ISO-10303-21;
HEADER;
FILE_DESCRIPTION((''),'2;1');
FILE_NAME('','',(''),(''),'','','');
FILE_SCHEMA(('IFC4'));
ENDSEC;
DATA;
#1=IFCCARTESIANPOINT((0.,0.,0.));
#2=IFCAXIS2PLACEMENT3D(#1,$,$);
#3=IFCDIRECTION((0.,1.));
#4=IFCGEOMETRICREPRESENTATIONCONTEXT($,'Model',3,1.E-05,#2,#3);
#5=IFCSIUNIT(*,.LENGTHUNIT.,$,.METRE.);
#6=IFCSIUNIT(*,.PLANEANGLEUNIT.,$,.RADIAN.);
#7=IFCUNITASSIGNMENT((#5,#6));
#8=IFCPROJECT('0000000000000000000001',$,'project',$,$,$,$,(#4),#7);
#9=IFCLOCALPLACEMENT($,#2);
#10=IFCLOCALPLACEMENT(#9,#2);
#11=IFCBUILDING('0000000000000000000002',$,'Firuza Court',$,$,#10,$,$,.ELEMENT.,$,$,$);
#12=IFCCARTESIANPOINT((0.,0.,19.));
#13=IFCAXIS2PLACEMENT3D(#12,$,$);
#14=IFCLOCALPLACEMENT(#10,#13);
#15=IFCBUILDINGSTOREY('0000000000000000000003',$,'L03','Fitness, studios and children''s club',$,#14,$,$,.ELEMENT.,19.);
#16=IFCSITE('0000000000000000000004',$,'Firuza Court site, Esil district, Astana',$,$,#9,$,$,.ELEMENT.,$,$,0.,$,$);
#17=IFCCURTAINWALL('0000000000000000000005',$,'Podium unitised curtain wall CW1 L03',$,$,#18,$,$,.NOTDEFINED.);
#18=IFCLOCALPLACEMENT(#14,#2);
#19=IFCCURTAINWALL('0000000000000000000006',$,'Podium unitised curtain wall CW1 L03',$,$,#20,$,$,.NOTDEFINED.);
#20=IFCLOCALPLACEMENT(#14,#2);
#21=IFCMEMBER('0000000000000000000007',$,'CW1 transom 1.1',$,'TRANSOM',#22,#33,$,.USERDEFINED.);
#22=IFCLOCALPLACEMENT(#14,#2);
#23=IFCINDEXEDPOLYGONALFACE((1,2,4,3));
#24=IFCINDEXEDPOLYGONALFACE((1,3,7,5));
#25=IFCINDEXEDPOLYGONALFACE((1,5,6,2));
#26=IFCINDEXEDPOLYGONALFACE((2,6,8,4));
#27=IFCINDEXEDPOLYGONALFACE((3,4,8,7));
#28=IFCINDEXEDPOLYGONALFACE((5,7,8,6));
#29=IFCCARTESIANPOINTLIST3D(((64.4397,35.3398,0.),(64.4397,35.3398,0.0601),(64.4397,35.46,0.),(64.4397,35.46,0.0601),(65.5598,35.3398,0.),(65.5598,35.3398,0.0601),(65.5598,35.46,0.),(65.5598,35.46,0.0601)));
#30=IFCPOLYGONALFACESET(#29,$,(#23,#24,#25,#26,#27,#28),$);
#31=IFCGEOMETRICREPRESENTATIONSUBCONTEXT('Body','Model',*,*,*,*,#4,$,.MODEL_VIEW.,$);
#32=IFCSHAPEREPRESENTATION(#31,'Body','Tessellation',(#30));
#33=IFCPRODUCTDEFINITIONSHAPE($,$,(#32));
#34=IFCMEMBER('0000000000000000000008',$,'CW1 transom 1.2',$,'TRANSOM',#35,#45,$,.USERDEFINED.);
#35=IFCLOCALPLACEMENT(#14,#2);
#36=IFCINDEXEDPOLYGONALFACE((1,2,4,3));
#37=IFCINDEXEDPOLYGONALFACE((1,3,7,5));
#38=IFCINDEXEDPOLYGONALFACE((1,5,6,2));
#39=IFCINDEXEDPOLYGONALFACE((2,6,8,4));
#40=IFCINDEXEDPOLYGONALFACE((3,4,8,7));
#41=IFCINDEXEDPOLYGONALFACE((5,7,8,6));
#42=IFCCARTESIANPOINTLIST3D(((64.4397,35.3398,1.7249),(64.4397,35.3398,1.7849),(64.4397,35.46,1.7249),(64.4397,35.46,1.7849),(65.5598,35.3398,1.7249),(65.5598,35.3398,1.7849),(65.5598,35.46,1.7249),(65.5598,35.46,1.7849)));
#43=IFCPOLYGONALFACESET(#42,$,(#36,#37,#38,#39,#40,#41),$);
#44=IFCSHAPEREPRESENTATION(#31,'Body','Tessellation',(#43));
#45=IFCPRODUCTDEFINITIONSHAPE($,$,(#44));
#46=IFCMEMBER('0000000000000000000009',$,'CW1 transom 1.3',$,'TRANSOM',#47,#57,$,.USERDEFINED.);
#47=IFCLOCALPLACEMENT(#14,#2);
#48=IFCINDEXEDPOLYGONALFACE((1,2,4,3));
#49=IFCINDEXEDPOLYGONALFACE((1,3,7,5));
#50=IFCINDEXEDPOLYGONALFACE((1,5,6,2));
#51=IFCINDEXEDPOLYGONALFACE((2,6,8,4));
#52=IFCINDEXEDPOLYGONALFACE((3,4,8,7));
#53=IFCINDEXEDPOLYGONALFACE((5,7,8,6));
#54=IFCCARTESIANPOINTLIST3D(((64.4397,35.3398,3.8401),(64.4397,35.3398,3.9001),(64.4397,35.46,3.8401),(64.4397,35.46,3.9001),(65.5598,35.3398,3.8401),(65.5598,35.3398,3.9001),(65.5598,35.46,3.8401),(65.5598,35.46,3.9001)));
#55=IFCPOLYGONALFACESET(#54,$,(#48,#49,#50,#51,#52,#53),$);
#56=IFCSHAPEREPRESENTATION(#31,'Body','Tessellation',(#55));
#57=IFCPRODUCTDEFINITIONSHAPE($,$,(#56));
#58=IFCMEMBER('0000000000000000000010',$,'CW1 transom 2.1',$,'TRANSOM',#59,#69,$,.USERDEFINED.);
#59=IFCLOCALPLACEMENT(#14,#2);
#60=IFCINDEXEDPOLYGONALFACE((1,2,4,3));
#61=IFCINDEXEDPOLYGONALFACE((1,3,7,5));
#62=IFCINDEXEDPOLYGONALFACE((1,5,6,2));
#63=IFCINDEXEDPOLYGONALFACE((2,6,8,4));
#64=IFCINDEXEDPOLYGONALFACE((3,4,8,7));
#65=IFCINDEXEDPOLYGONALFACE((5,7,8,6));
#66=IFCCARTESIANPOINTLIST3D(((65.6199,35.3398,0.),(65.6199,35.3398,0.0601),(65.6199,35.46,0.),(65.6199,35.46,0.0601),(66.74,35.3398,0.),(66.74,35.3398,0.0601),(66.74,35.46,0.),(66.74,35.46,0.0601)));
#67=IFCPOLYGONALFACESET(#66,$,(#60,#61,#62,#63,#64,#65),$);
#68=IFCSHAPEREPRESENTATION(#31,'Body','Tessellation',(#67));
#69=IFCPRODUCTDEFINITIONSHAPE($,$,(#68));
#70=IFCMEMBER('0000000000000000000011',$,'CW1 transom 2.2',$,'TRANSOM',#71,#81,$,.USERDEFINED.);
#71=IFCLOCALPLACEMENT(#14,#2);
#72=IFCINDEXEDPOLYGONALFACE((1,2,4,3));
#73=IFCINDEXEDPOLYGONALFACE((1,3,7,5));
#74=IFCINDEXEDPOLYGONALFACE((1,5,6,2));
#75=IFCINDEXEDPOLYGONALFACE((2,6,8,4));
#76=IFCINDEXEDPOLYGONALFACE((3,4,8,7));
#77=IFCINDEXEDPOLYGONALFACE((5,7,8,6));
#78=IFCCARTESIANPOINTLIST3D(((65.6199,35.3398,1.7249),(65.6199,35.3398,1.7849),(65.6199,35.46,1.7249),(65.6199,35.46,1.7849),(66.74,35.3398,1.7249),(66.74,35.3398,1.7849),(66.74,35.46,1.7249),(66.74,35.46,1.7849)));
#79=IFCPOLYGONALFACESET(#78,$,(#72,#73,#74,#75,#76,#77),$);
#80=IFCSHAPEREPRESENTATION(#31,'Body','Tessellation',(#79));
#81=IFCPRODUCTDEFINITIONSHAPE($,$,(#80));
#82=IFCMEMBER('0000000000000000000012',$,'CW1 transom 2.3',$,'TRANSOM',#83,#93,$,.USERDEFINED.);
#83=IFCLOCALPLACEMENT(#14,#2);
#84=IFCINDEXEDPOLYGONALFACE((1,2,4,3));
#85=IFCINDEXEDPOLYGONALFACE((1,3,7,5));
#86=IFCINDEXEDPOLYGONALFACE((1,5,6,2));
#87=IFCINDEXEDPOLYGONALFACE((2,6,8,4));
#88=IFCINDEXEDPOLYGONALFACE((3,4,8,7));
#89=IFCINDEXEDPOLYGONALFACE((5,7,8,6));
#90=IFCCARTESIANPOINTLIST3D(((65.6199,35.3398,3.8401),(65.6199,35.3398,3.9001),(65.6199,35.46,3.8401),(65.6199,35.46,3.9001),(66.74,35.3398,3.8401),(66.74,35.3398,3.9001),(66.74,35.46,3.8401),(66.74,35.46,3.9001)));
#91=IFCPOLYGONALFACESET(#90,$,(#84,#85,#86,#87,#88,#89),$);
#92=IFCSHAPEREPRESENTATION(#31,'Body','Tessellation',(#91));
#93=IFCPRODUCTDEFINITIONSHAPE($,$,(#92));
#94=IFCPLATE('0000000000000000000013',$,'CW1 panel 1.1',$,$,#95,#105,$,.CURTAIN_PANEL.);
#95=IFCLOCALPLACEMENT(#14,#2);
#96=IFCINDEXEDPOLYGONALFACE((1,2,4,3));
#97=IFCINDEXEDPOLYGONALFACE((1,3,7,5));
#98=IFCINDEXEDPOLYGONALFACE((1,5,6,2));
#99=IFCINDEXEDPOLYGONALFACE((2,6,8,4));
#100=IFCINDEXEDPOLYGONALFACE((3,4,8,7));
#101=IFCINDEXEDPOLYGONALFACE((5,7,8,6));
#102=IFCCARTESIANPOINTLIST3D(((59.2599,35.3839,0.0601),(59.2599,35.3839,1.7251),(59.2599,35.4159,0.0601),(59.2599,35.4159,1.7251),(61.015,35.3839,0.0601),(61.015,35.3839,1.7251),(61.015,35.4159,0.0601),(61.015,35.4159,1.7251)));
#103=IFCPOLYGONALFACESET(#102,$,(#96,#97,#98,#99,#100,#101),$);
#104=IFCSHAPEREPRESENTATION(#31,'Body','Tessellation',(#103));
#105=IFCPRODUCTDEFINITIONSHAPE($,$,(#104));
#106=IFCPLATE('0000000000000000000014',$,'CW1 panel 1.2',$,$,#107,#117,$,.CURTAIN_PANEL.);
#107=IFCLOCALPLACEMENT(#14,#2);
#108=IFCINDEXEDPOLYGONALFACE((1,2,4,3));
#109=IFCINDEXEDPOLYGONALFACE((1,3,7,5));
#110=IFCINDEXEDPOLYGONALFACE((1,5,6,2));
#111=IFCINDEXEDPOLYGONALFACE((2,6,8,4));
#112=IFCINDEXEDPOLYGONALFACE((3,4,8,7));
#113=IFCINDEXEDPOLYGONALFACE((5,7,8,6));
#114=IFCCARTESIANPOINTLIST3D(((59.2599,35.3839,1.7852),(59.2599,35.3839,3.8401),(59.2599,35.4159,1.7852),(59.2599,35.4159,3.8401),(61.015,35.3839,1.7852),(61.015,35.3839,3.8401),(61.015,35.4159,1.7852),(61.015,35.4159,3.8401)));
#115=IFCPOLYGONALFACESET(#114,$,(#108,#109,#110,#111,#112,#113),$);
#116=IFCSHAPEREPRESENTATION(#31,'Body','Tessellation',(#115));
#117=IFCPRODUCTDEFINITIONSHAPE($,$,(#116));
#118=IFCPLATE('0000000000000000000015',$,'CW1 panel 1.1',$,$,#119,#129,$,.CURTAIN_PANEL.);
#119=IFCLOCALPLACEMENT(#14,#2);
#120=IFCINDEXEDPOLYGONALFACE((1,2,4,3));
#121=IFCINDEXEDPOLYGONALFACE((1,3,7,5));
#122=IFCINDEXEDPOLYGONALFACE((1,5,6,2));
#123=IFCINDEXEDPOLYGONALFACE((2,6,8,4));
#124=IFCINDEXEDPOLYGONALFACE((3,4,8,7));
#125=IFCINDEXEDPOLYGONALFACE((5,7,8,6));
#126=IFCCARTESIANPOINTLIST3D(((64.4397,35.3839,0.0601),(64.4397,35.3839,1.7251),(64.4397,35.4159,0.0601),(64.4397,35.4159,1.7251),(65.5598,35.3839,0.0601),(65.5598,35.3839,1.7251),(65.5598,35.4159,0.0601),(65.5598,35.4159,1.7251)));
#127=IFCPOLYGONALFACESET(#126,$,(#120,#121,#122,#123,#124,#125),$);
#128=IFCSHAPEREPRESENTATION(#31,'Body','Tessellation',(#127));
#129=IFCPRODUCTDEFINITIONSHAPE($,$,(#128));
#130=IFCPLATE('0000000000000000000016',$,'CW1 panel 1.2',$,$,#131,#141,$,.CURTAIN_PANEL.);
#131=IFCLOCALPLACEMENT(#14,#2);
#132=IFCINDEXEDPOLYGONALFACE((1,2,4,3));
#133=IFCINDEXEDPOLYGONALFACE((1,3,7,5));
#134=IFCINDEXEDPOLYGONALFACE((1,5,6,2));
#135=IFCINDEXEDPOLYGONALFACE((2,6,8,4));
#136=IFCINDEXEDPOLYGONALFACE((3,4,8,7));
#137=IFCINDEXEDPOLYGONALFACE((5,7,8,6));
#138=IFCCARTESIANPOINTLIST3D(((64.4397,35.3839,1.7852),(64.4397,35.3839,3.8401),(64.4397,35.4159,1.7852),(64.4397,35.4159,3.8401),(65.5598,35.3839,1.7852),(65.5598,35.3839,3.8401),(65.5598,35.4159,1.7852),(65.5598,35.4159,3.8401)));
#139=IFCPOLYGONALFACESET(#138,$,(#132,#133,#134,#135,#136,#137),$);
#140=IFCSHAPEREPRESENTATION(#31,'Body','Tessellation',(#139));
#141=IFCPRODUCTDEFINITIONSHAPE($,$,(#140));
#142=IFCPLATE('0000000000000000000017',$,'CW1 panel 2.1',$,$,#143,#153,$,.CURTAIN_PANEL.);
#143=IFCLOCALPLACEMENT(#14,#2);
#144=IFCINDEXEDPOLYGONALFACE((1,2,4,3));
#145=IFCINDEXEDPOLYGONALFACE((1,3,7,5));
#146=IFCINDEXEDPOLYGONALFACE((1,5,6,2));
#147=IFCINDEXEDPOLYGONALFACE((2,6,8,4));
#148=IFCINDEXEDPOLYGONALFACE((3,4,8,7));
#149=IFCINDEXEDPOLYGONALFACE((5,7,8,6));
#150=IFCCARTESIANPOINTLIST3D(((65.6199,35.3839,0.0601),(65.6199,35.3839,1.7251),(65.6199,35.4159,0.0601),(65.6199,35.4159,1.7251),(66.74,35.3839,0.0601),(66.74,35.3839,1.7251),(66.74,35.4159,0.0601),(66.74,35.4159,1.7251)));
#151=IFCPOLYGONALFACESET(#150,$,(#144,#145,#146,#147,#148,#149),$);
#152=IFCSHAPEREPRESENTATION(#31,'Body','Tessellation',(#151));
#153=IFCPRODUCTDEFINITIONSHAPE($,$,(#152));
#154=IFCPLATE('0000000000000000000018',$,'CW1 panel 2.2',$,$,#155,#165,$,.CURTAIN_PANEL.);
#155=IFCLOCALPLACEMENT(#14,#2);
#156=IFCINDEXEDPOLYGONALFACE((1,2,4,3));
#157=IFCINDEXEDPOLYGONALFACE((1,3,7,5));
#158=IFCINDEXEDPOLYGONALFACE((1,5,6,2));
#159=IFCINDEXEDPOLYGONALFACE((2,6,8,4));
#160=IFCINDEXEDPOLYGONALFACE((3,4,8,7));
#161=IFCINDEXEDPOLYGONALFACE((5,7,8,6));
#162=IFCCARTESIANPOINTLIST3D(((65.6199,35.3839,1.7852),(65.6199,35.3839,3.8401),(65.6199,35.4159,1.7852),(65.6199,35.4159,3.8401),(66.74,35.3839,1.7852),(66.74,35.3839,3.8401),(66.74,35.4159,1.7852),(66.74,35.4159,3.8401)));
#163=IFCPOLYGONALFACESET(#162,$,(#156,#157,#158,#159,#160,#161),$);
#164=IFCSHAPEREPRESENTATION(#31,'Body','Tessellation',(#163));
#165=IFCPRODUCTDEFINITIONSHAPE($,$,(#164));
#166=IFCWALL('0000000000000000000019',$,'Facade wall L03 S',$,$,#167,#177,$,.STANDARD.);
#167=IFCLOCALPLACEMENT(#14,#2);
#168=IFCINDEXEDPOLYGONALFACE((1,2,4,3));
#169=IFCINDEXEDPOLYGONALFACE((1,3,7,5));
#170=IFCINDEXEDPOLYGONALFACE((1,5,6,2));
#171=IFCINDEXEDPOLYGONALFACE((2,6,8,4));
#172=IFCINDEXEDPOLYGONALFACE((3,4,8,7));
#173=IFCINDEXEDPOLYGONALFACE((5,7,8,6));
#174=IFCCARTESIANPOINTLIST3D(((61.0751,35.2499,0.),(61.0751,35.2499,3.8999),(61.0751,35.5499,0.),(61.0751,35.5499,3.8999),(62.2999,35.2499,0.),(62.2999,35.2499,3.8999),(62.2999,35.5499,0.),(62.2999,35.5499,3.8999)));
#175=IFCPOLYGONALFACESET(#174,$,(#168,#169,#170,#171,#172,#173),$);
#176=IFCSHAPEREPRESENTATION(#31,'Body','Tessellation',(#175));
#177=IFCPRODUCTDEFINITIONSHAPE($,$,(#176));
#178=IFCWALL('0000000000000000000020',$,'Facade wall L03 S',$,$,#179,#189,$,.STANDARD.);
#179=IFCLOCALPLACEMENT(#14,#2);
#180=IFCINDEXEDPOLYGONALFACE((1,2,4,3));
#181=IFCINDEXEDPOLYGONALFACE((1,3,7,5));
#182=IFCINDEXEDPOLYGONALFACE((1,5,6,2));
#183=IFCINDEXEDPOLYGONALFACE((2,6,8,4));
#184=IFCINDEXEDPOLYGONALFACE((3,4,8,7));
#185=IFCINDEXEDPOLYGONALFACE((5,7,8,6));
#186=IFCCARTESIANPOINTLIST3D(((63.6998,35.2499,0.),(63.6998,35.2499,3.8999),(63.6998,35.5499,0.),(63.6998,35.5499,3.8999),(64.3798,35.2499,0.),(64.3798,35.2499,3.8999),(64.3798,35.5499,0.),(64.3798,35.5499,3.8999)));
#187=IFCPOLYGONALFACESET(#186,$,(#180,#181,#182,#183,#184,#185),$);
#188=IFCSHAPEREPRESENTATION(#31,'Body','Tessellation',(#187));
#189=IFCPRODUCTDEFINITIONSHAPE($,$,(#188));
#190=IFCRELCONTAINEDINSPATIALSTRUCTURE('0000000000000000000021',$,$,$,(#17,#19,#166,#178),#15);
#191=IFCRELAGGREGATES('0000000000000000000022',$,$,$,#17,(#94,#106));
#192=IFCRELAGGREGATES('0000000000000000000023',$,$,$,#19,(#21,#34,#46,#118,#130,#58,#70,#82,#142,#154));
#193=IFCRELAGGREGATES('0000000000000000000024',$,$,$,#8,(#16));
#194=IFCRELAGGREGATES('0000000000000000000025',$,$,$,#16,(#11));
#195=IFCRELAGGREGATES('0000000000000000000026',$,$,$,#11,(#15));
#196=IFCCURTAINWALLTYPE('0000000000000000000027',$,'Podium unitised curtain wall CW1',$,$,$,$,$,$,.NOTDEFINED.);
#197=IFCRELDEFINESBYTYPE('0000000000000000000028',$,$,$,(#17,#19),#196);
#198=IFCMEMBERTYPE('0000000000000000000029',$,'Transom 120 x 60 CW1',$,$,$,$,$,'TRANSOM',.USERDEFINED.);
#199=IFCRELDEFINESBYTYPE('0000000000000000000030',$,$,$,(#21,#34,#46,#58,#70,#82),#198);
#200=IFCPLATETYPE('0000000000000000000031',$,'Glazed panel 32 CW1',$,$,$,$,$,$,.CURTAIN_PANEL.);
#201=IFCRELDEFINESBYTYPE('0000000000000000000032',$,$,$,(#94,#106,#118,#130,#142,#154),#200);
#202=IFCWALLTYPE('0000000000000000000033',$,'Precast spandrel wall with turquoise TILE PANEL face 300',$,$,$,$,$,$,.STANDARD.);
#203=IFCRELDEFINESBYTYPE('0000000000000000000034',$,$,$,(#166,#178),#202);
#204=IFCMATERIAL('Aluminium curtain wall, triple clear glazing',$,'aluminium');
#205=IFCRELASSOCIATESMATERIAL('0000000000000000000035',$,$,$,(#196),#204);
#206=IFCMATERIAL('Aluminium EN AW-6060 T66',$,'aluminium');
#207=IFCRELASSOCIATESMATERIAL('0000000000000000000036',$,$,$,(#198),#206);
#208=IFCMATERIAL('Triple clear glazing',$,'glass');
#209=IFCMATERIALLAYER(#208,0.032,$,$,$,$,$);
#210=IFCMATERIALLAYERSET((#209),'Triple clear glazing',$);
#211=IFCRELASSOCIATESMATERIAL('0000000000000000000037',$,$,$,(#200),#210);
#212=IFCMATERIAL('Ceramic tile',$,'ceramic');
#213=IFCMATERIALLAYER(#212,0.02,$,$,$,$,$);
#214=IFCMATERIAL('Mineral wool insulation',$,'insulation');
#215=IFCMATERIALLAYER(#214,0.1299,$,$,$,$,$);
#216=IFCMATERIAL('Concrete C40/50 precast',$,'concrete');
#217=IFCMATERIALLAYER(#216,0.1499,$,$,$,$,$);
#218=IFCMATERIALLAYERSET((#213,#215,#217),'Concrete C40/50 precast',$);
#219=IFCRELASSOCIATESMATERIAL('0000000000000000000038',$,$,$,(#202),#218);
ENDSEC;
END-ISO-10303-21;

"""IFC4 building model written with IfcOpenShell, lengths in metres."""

from ifc_helpers import new_model, si_unit, direction, frame, frame_2d, origin, origin_2d, place, context, subcontext, project, spatial, rectangle, extrude, material, layer, layer_set, material_profile, profile_set, type_object, element, aggregate, save


model = new_model("IFC4")

# Units and contexts
model_context = context("Model", 3, precision=1e-05, world=origin(), true_north=direction((0.0, 1.0)))
body_context = subcontext(model_context, "Body", "Model", "MODEL_VIEW")
ifc_project = project(units=[si_unit("LENGTHUNIT", "METRE"), si_unit("PLANEANGLEUNIT", "RADIAN")], contexts=[model_context])

# Site, building, storey
site_placement = place(None, origin())
site = spatial("IfcSite", under=ifc_project, at=site_placement, Name="Firuza Court site, Esil district, Astana", CompositionType="ELEMENT", RefElevation=0.0)
building_placement = place(site_placement, origin())
building = spatial("IfcBuilding", under=site, at=building_placement, Name="Firuza Court", CompositionType="ELEMENT")
storey_placement = place(building_placement, frame((0.0, 0.0, 19.0)))
storey = spatial("IfcBuildingStorey", under=building, at=storey_placement, Name="L03", Description="Fitness, studios and children's club", CompositionType="ELEMENT", Elevation=19.0)

# Curtain wall
ifc_material_1 = material(Name="Aluminium curtain wall, triple clear glazing", Category="aluminium")
curtain_wall_type = type_object("IfcCurtainWallType", Name="Podium unitised curtain wall CW1", PredefinedType="NOTDEFINED", material=ifc_material_1)
curtain_wall_1_placement = place(storey_placement, origin())
curtain_wall_1 = element("IfcCurtainWall", 1, at=curtain_wall_1_placement, inside=storey, type_object=curtain_wall_type, Name="Podium unitised curtain wall CW1 L03", PredefinedType="NOTDEFINED")

# Curtain wall
curtain_wall_2_placement = place(storey_placement, origin())
curtain_wall_2 = element("IfcCurtainWall", 2, at=curtain_wall_2_placement, inside=storey, type_object=curtain_wall_type, Name="Podium unitised curtain wall CW1 L03", PredefinedType="NOTDEFINED")

# Members
ifc_material_2 = material(Name="Aluminium EN AW-6060 T66", Category="aluminium")
ifc_material_profile_1 = material_profile(ifc_material_2, rectangle(XDim=0.1201, YDim=0.0601, at=origin_2d()), Name="Transom 120 x 60 CW1")
ifc_profile_set_1 = profile_set([ifc_material_profile_1], Name="Aluminium EN AW-6060 T66")
member_type_1 = type_object("IfcMemberType", Name="Transom 120 x 60 CW1", ElementType="TRANSOM", PredefinedType="USERDEFINED", material=ifc_profile_set_1)
member_1_placement = place(storey_placement, frame((64.4397, 35.3999, 0.03), z_axis=(1.0, 0.0, 0.0), x_axis=(0.0, 1.0, 0.0)))
member_1 = element("IfcMember", 3, at=member_1_placement, type_object=member_type_1, Name="CW1 transom 1.1", ObjectType="TRANSOM", PredefinedType="USERDEFINED", context=body_context, shape_type="SweptSolid", body=[
    extrude(rectangle(XDim=0.1201, YDim=0.0601, at=origin_2d()), origin(), (0.0, 0.0, 1.0), 1.1201),
])
member_2_placement = place(storey_placement, frame((64.4397, 35.3999, 1.7549), z_axis=(1.0, 0.0, 0.0), x_axis=(0.0, 1.0, 0.0)))
member_2 = element("IfcMember", 4, at=member_2_placement, type_object=member_type_1, Name="CW1 transom 1.2", ObjectType="TRANSOM", PredefinedType="USERDEFINED", context=body_context, shape_type="SweptSolid", body=[
    extrude(rectangle(XDim=0.1201, YDim=0.0601, at=origin_2d()), origin(), (0.0, 0.0, 1.0), 1.1201),
])
member_3_placement = place(storey_placement, frame((64.4397, 35.3999, 3.8701), z_axis=(1.0, 0.0, 0.0), x_axis=(0.0, 1.0, 0.0)))
member_3 = element("IfcMember", 5, at=member_3_placement, type_object=member_type_1, Name="CW1 transom 1.3", ObjectType="TRANSOM", PredefinedType="USERDEFINED", context=body_context, shape_type="SweptSolid", body=[
    extrude(rectangle(XDim=0.1201, YDim=0.0601, at=origin_2d()), origin(), (0.0, 0.0, 1.0), 1.1201),
])
member_4_placement = place(storey_placement, frame((65.6199, 35.3999, 0.03), z_axis=(1.0, 0.0, 0.0), x_axis=(0.0, 1.0, 0.0)))
member_4 = element("IfcMember", 6, at=member_4_placement, type_object=member_type_1, Name="CW1 transom 2.1", ObjectType="TRANSOM", PredefinedType="USERDEFINED", context=body_context, shape_type="SweptSolid", body=[
    extrude(rectangle(XDim=0.1201, YDim=0.0601, at=origin_2d()), origin(), (0.0, 0.0, 1.0), 1.1201),
])
member_5_placement = place(storey_placement, frame((65.6199, 35.3999, 1.7549), z_axis=(1.0, 0.0, 0.0), x_axis=(0.0, 1.0, 0.0)))
member_5 = element("IfcMember", 7, at=member_5_placement, type_object=member_type_1, Name="CW1 transom 2.2", ObjectType="TRANSOM", PredefinedType="USERDEFINED", context=body_context, shape_type="SweptSolid", body=[
    extrude(rectangle(XDim=0.1201, YDim=0.0601, at=origin_2d()), origin(), (0.0, 0.0, 1.0), 1.1201),
])
member_6_placement = place(storey_placement, frame((65.6199, 35.3999, 3.8701), z_axis=(1.0, 0.0, 0.0), x_axis=(0.0, 1.0, 0.0)))
member_6 = element("IfcMember", 8, at=member_6_placement, type_object=member_type_1, Name="CW1 transom 2.3", ObjectType="TRANSOM", PredefinedType="USERDEFINED", context=body_context, shape_type="SweptSolid", body=[
    extrude(rectangle(XDim=0.1201, YDim=0.0601, at=origin_2d()), origin(), (0.0, 0.0, 1.0), 1.1201),
])

# Plates
ifc_material_3 = material(Name="Triple clear glazing", Category="glass")
ifc_layer_1 = layer(ifc_material_3, 0.032)
ifc_layer_set_1 = layer_set([ifc_layer_1], Name="Triple clear glazing")
plate_type = type_object("IfcPlateType", Name="Glazed panel 32 CW1", PredefinedType="CURTAIN_PANEL", material=ifc_layer_set_1)
plate_1_placement = place(storey_placement, frame((60.1375, 35.3999, 0.0601), z_axis=(0.0, 0.0, 1.0), x_axis=(1.0, 0.0, 0.0)))
plate_1 = element("IfcPlate", 9, at=plate_1_placement, type_object=plate_type, Name="CW1 panel 1.1", PredefinedType="CURTAIN_PANEL", context=body_context, shape_type="SweptSolid", body=[
    extrude(rectangle(XDim=1.7551, YDim=0.032, at=origin_2d()), origin(), (0.0, 0.0, 1.0), 1.665),
])
plate_2_placement = place(storey_placement, frame((60.1375, 35.3999, 1.7852), z_axis=(0.0, 0.0, 1.0), x_axis=(1.0, 0.0, 0.0)))
plate_2 = element("IfcPlate", 10, at=plate_2_placement, type_object=plate_type, Name="CW1 panel 1.2", PredefinedType="CURTAIN_PANEL", context=body_context, shape_type="SweptSolid", body=[
    extrude(rectangle(XDim=1.7551, YDim=0.032, at=origin_2d()), origin(), (0.0, 0.0, 1.0), 2.0549),
])
aggregate(curtain_wall_1, [plate_1, plate_2])
plate_3_placement = place(storey_placement, frame((64.9998, 35.3999, 0.0601), z_axis=(0.0, 0.0, 1.0), x_axis=(1.0, 0.0, 0.0)))
plate_3 = element("IfcPlate", 11, at=plate_3_placement, type_object=plate_type, Name="CW1 panel 1.1", PredefinedType="CURTAIN_PANEL", context=body_context, shape_type="SweptSolid", body=[
    extrude(rectangle(XDim=1.1201, YDim=0.032, at=origin_2d()), origin(), (0.0, 0.0, 1.0), 1.665),
])
plate_4_placement = place(storey_placement, frame((64.9998, 35.3999, 1.7852), z_axis=(0.0, 0.0, 1.0), x_axis=(1.0, 0.0, 0.0)))
plate_4 = element("IfcPlate", 12, at=plate_4_placement, type_object=plate_type, Name="CW1 panel 1.2", PredefinedType="CURTAIN_PANEL", context=body_context, shape_type="SweptSolid", body=[
    extrude(rectangle(XDim=1.1201, YDim=0.032, at=origin_2d()), origin(), (0.0, 0.0, 1.0), 2.0549),
])
plate_5_placement = place(storey_placement, frame((66.1799, 35.3999, 0.0601), z_axis=(0.0, 0.0, 1.0), x_axis=(1.0, 0.0, 0.0)))
plate_5 = element("IfcPlate", 13, at=plate_5_placement, type_object=plate_type, Name="CW1 panel 2.1", PredefinedType="CURTAIN_PANEL", context=body_context, shape_type="SweptSolid", body=[
    extrude(rectangle(XDim=1.1201, YDim=0.032, at=origin_2d()), origin(), (0.0, 0.0, 1.0), 1.665),
])
plate_6_placement = place(storey_placement, frame((66.1799, 35.3999, 1.7852), z_axis=(0.0, 0.0, 1.0), x_axis=(1.0, 0.0, 0.0)))
plate_6 = element("IfcPlate", 14, at=plate_6_placement, type_object=plate_type, Name="CW1 panel 2.2", PredefinedType="CURTAIN_PANEL", context=body_context, shape_type="SweptSolid", body=[
    extrude(rectangle(XDim=1.1201, YDim=0.032, at=origin_2d()), origin(), (0.0, 0.0, 1.0), 2.0549),
])
aggregate(curtain_wall_2, [member_1, member_2, member_3, plate_3, plate_4, member_4, member_5, member_6, plate_5, plate_6])

# Walls
ifc_material_4 = material(Name="Ceramic tile", Category="ceramic")
ifc_layer_2 = layer(ifc_material_4, 0.02)
ifc_material_5 = material(Name="Mineral wool insulation", Category="insulation")
ifc_layer_3 = layer(ifc_material_5, 0.1299)
ifc_material_6 = material(Name="Concrete C40/50 precast", Category="concrete")
ifc_layer_4 = layer(ifc_material_6, 0.1499)
ifc_layer_set_2 = layer_set([ifc_layer_2, ifc_layer_3, ifc_layer_4], Name="Concrete C40/50 precast")
wall_type = type_object("IfcWallType", Name="Precast spandrel wall with turquoise TILE PANEL face 300", PredefinedType="STANDARD", material=ifc_layer_set_2)
wall_1_placement = place(storey_placement, frame((61.0752, 35.3999, 0.0), z_axis=(0.0, 0.0, 1.0), x_axis=(1.0, 0.0, 0.0)))
element("IfcWall", 15, at=wall_1_placement, inside=storey, type_object=wall_type, Name="Facade wall L03 S", PredefinedType="STANDARD", context=body_context, shape_type="SweptSolid", body=[
    extrude(rectangle(XDim=1.2249, YDim=0.3, at=frame_2d((0.6123, 0.0))), origin(), (0.0, 0.0, 1.0), 3.8999),
])
wall_2_placement = place(storey_placement, frame((63.7, 35.3999, 0.0), z_axis=(0.0, 0.0, 1.0), x_axis=(1.0, 0.0, 0.0)))
element("IfcWall", 16, at=wall_2_placement, inside=storey, type_object=wall_type, Name="Facade wall L03 S", PredefinedType="STANDARD", context=body_context, shape_type="SweptSolid", body=[
    extrude(rectangle(XDim=0.6799, YDim=0.3, at=frame_2d((0.3398, 0.0))), origin(), (0.0, 0.0, 1.0), 3.8999),
])

save(model, "model.ifc")
